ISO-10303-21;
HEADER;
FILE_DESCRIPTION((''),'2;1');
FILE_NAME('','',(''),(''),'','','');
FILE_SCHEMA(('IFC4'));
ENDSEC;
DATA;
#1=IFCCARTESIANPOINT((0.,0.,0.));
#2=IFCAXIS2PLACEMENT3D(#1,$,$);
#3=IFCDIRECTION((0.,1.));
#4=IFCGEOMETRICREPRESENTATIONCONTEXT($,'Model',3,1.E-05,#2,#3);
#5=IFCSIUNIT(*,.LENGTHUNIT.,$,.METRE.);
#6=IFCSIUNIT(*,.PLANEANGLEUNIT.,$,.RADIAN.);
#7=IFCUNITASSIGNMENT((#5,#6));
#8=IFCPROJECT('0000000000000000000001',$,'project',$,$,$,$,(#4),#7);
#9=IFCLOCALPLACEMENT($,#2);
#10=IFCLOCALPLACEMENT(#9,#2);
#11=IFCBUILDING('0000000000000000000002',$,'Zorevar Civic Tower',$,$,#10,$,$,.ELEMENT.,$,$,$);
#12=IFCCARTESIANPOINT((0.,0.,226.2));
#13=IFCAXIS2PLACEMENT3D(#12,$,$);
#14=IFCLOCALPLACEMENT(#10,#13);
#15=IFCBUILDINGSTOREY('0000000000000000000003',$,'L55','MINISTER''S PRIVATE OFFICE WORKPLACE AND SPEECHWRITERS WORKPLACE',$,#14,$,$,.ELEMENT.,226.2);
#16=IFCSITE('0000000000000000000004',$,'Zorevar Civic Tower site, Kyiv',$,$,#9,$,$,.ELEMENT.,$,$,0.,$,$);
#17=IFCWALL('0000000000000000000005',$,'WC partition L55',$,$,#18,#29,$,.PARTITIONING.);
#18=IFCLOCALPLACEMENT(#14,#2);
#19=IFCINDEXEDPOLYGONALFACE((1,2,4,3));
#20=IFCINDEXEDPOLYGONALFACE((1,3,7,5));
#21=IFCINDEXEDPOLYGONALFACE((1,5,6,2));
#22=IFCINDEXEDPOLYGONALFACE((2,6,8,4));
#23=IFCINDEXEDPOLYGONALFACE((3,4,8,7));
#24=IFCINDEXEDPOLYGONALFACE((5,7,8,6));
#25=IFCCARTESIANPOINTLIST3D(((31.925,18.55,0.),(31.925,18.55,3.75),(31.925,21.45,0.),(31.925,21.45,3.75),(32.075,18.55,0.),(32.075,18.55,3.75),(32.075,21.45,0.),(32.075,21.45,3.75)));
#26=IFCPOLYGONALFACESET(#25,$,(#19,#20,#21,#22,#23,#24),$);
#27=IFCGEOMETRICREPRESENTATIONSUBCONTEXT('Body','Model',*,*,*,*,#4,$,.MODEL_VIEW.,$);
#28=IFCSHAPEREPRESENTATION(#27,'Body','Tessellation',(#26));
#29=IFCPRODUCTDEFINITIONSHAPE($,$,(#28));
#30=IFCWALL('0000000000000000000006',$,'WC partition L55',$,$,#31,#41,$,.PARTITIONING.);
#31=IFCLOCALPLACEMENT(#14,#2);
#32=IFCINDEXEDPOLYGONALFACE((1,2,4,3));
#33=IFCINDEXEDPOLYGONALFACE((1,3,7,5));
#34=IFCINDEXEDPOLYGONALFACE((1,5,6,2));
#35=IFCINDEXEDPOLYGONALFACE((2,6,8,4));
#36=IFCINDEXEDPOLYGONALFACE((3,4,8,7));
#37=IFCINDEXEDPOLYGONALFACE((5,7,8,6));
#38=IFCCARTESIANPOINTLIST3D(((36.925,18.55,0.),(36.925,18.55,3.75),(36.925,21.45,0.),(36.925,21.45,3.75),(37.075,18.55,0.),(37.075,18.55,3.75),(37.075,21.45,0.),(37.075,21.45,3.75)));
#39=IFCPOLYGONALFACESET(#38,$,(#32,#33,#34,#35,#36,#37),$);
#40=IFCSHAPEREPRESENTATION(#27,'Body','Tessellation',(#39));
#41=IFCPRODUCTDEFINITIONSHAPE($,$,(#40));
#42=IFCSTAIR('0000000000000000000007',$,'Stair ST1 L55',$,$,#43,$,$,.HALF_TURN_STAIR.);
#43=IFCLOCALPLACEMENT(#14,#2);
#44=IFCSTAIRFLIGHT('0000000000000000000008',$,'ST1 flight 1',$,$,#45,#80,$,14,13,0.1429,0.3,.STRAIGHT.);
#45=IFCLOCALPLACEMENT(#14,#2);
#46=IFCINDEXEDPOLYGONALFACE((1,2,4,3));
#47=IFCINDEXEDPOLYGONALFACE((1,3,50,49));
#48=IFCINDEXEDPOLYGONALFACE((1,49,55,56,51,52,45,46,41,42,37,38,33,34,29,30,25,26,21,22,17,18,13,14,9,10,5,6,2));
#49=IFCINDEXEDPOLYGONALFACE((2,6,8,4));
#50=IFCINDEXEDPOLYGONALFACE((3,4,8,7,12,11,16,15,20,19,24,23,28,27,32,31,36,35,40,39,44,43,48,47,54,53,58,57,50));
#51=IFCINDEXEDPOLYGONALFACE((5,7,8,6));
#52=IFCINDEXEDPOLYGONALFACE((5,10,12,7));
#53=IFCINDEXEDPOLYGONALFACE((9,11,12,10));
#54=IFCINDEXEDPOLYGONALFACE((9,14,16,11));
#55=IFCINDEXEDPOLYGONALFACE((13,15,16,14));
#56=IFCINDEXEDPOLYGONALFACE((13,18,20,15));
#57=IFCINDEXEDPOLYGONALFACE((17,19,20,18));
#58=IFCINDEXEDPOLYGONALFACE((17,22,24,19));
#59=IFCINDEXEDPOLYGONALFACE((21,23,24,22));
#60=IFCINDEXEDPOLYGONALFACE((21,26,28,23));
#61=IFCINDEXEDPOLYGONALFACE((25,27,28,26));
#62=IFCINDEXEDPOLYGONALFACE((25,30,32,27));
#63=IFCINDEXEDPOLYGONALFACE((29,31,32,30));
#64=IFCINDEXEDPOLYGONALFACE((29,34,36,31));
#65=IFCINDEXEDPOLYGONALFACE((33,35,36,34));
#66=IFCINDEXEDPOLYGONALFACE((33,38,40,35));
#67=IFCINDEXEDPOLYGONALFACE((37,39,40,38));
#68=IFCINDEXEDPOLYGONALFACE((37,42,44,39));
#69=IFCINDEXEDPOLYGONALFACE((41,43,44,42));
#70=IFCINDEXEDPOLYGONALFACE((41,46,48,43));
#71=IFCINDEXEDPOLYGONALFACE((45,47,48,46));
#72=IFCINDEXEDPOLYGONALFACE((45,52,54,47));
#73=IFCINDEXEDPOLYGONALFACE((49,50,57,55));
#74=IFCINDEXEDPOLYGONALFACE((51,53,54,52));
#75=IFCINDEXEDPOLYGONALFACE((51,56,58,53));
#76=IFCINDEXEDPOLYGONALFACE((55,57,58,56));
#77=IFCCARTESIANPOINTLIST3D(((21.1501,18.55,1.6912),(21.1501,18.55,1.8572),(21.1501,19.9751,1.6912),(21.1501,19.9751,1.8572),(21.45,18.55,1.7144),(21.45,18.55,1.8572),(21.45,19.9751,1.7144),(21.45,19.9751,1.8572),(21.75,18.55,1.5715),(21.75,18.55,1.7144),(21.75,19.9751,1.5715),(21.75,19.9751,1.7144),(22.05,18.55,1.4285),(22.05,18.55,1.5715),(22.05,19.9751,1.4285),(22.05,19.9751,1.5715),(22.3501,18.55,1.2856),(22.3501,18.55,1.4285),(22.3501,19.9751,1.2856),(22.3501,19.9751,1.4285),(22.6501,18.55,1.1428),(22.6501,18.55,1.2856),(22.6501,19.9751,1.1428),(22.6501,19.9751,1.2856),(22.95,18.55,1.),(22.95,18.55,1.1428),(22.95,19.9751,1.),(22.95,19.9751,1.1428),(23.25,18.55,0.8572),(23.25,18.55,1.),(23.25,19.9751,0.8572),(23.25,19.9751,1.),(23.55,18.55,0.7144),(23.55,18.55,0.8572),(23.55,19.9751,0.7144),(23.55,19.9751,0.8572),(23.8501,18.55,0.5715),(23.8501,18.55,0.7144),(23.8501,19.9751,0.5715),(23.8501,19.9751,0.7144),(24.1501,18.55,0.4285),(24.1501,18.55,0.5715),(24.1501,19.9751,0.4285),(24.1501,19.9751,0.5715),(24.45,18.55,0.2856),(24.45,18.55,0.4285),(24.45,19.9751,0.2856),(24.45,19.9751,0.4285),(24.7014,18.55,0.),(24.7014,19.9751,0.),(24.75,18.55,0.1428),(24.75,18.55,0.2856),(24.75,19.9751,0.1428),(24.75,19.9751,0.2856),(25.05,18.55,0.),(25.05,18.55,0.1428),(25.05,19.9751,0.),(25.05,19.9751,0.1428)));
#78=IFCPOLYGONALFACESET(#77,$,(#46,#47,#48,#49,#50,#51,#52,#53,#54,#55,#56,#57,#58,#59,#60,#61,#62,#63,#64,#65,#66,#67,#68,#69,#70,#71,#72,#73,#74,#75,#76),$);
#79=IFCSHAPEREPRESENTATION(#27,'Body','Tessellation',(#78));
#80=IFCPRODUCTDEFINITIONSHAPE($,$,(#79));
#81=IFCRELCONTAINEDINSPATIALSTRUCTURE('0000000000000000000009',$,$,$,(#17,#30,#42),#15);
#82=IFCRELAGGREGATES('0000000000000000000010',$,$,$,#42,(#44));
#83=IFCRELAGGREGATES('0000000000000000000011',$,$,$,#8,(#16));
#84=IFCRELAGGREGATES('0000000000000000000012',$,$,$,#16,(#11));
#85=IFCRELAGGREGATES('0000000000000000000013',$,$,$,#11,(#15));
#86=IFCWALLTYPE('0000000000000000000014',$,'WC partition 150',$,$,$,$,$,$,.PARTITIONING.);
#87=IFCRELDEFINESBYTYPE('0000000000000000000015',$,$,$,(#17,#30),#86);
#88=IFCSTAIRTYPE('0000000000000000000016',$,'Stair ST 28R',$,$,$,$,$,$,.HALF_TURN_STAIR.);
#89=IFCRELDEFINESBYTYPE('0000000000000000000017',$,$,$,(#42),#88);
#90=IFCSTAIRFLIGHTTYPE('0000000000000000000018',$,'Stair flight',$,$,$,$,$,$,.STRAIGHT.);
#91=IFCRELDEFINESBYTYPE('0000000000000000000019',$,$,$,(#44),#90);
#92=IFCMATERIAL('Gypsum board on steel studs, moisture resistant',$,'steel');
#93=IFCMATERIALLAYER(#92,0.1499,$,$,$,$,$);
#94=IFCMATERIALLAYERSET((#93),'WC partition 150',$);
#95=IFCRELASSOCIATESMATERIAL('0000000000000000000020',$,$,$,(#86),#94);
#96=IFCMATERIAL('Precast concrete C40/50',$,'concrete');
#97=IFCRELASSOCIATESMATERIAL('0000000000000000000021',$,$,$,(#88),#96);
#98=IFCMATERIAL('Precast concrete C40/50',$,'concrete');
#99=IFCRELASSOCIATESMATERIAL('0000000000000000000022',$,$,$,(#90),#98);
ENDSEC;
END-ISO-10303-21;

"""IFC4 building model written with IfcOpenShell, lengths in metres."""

from ifc_helpers import new_model, si_unit, direction, frame, frame_2d, origin, place, context, subcontext, project, spatial, polyline, rectangle, outline, extrude, material, layer, layer_set, type_object, element, aggregate, save


model = new_model("IFC4")

# Units and contexts
model_context = context("Model", 3, precision=1e-05, world=origin(), true_north=direction((0.0, 1.0)))
body_context = subcontext(model_context, "Body", "Model", "MODEL_VIEW")
ifc_project = project(units=[si_unit("LENGTHUNIT", "METRE"), si_unit("PLANEANGLEUNIT", "RADIAN")], contexts=[model_context])

# Site, building, storey
site_placement = place(None, origin())
site = spatial("IfcSite", under=ifc_project, at=site_placement, Name="Zorevar Civic Tower site, Kyiv", CompositionType="ELEMENT", RefElevation=0.0)
building_placement = place(site_placement, origin())
building = spatial("IfcBuilding", under=site, at=building_placement, Name="Zorevar Civic Tower", CompositionType="ELEMENT")
storey_placement = place(building_placement, frame((0.0, 0.0, 226.2)))
storey = spatial("IfcBuildingStorey", under=building, at=storey_placement, Name="L55", Description="MINISTER'S PRIVATE OFFICE WORKPLACE AND SPEECHWRITERS WORKPLACE", CompositionType="ELEMENT", Elevation=226.2)

# Walls
ifc_material_1 = material(Name="Gypsum board on steel studs, moisture resistant", Category="steel")
ifc_layer_1 = layer(ifc_material_1, 0.1499)
ifc_layer_set_1 = layer_set([ifc_layer_1], Name="WC partition 150")
wall_type_1 = type_object("IfcWallType", Name="WC partition 150", PredefinedType="PARTITIONING", material=ifc_layer_set_1)
for number, where, z_axis, x_axis, name in (
    (1, (32.0, 18.55, 0.0), (0.0, 0.0, 1.0), (0.0, 1.0, 0.0), "WC partition L55"),
    (2, (37.0, 18.55, 0.0), (0.0, 0.0, 1.0), (0.0, 1.0, 0.0), "WC partition L55"),
):
    element("IfcWall", number, at=place(storey_placement, frame(where, z_axis=z_axis, x_axis=x_axis)), inside=storey, type_object=wall_type_1, Name=name, PredefinedType="PARTITIONING", context=body_context, shape_type="SweptSolid", body=[
        extrude(rectangle(XDim=2.8999, YDim=0.1499, at=frame_2d((1.45, 0.0))), origin(), (0.0, 0.0, 1.0), 3.75),
    ])

# Stair, stair flight
ifc_material_2 = material(Name="Precast concrete C40/50", Category="concrete")
stair_type = type_object("IfcStairType", Name="Stair ST 28R", PredefinedType="HALF_TURN_STAIR", material=ifc_material_2)
stair_placement = place(storey_placement, origin())
stair = element("IfcStair", 3, at=stair_placement, inside=storey, type_object=stair_type, Name="Stair ST1 L55", PredefinedType="HALF_TURN_STAIR")
ifc_material_3 = material(Name="Precast concrete C40/50", Category="concrete")
stair_flight_type = type_object("IfcStairFlightType", Name="Stair flight", PredefinedType="STRAIGHT", material=ifc_material_3)
stair_flight_placement = place(storey_placement, frame((25.05, 19.2625, 0.0), z_axis=(0.0, 0.0, 1.0), x_axis=(-1.0, 0.0, 0.0)))
stair_flight = element("IfcStairFlight", 4, at=stair_flight_placement, type_object=stair_flight_type, Name="ST1 flight 1", NumberOfRisers=14, NumberOfTreads=13, PredefinedType="STRAIGHT", RiserHeight=0.1429, TreadLength=0.3, context=body_context, shape_type="SweptSolid", body=[
    extrude(outline(polyline([(0.0, 0.0), (0.0, 0.1428), (0.3, 0.1428), (0.3, 0.2856), (0.6001, 0.2856), (0.6001, 0.4285), (0.8999, 0.4285), (0.8999, 0.5715), (1.2, 0.5715), (1.2, 0.7144), (1.5, 0.7144), (1.5, 0.8572), (1.8, 0.8572), (1.8, 1.0), (2.1001, 1.0), (2.1001, 1.1428), (2.3999, 1.1428), (2.3999, 1.2856), (2.7, 1.2856), (2.7, 1.4285), (3.0, 1.4285), (3.0, 1.5715), (3.3, 1.5715), (3.3, 1.7144), (3.6001, 1.7144), (3.6001, 1.8572), (3.8999, 1.8572), (3.8999, 2.0), (3.8999, 1.6912), (0.3486, 0.0), (0.0, 0.0)])), frame((0.0, 0.7124, 0.0), z_axis=(0.0, -1.0, 0.0), x_axis=(1.0, 0.0, 0.0)), (0.0, 0.0, 1.0), 1.425),
])
aggregate(stair, [stair_flight])

save(model, "model.ifc")
